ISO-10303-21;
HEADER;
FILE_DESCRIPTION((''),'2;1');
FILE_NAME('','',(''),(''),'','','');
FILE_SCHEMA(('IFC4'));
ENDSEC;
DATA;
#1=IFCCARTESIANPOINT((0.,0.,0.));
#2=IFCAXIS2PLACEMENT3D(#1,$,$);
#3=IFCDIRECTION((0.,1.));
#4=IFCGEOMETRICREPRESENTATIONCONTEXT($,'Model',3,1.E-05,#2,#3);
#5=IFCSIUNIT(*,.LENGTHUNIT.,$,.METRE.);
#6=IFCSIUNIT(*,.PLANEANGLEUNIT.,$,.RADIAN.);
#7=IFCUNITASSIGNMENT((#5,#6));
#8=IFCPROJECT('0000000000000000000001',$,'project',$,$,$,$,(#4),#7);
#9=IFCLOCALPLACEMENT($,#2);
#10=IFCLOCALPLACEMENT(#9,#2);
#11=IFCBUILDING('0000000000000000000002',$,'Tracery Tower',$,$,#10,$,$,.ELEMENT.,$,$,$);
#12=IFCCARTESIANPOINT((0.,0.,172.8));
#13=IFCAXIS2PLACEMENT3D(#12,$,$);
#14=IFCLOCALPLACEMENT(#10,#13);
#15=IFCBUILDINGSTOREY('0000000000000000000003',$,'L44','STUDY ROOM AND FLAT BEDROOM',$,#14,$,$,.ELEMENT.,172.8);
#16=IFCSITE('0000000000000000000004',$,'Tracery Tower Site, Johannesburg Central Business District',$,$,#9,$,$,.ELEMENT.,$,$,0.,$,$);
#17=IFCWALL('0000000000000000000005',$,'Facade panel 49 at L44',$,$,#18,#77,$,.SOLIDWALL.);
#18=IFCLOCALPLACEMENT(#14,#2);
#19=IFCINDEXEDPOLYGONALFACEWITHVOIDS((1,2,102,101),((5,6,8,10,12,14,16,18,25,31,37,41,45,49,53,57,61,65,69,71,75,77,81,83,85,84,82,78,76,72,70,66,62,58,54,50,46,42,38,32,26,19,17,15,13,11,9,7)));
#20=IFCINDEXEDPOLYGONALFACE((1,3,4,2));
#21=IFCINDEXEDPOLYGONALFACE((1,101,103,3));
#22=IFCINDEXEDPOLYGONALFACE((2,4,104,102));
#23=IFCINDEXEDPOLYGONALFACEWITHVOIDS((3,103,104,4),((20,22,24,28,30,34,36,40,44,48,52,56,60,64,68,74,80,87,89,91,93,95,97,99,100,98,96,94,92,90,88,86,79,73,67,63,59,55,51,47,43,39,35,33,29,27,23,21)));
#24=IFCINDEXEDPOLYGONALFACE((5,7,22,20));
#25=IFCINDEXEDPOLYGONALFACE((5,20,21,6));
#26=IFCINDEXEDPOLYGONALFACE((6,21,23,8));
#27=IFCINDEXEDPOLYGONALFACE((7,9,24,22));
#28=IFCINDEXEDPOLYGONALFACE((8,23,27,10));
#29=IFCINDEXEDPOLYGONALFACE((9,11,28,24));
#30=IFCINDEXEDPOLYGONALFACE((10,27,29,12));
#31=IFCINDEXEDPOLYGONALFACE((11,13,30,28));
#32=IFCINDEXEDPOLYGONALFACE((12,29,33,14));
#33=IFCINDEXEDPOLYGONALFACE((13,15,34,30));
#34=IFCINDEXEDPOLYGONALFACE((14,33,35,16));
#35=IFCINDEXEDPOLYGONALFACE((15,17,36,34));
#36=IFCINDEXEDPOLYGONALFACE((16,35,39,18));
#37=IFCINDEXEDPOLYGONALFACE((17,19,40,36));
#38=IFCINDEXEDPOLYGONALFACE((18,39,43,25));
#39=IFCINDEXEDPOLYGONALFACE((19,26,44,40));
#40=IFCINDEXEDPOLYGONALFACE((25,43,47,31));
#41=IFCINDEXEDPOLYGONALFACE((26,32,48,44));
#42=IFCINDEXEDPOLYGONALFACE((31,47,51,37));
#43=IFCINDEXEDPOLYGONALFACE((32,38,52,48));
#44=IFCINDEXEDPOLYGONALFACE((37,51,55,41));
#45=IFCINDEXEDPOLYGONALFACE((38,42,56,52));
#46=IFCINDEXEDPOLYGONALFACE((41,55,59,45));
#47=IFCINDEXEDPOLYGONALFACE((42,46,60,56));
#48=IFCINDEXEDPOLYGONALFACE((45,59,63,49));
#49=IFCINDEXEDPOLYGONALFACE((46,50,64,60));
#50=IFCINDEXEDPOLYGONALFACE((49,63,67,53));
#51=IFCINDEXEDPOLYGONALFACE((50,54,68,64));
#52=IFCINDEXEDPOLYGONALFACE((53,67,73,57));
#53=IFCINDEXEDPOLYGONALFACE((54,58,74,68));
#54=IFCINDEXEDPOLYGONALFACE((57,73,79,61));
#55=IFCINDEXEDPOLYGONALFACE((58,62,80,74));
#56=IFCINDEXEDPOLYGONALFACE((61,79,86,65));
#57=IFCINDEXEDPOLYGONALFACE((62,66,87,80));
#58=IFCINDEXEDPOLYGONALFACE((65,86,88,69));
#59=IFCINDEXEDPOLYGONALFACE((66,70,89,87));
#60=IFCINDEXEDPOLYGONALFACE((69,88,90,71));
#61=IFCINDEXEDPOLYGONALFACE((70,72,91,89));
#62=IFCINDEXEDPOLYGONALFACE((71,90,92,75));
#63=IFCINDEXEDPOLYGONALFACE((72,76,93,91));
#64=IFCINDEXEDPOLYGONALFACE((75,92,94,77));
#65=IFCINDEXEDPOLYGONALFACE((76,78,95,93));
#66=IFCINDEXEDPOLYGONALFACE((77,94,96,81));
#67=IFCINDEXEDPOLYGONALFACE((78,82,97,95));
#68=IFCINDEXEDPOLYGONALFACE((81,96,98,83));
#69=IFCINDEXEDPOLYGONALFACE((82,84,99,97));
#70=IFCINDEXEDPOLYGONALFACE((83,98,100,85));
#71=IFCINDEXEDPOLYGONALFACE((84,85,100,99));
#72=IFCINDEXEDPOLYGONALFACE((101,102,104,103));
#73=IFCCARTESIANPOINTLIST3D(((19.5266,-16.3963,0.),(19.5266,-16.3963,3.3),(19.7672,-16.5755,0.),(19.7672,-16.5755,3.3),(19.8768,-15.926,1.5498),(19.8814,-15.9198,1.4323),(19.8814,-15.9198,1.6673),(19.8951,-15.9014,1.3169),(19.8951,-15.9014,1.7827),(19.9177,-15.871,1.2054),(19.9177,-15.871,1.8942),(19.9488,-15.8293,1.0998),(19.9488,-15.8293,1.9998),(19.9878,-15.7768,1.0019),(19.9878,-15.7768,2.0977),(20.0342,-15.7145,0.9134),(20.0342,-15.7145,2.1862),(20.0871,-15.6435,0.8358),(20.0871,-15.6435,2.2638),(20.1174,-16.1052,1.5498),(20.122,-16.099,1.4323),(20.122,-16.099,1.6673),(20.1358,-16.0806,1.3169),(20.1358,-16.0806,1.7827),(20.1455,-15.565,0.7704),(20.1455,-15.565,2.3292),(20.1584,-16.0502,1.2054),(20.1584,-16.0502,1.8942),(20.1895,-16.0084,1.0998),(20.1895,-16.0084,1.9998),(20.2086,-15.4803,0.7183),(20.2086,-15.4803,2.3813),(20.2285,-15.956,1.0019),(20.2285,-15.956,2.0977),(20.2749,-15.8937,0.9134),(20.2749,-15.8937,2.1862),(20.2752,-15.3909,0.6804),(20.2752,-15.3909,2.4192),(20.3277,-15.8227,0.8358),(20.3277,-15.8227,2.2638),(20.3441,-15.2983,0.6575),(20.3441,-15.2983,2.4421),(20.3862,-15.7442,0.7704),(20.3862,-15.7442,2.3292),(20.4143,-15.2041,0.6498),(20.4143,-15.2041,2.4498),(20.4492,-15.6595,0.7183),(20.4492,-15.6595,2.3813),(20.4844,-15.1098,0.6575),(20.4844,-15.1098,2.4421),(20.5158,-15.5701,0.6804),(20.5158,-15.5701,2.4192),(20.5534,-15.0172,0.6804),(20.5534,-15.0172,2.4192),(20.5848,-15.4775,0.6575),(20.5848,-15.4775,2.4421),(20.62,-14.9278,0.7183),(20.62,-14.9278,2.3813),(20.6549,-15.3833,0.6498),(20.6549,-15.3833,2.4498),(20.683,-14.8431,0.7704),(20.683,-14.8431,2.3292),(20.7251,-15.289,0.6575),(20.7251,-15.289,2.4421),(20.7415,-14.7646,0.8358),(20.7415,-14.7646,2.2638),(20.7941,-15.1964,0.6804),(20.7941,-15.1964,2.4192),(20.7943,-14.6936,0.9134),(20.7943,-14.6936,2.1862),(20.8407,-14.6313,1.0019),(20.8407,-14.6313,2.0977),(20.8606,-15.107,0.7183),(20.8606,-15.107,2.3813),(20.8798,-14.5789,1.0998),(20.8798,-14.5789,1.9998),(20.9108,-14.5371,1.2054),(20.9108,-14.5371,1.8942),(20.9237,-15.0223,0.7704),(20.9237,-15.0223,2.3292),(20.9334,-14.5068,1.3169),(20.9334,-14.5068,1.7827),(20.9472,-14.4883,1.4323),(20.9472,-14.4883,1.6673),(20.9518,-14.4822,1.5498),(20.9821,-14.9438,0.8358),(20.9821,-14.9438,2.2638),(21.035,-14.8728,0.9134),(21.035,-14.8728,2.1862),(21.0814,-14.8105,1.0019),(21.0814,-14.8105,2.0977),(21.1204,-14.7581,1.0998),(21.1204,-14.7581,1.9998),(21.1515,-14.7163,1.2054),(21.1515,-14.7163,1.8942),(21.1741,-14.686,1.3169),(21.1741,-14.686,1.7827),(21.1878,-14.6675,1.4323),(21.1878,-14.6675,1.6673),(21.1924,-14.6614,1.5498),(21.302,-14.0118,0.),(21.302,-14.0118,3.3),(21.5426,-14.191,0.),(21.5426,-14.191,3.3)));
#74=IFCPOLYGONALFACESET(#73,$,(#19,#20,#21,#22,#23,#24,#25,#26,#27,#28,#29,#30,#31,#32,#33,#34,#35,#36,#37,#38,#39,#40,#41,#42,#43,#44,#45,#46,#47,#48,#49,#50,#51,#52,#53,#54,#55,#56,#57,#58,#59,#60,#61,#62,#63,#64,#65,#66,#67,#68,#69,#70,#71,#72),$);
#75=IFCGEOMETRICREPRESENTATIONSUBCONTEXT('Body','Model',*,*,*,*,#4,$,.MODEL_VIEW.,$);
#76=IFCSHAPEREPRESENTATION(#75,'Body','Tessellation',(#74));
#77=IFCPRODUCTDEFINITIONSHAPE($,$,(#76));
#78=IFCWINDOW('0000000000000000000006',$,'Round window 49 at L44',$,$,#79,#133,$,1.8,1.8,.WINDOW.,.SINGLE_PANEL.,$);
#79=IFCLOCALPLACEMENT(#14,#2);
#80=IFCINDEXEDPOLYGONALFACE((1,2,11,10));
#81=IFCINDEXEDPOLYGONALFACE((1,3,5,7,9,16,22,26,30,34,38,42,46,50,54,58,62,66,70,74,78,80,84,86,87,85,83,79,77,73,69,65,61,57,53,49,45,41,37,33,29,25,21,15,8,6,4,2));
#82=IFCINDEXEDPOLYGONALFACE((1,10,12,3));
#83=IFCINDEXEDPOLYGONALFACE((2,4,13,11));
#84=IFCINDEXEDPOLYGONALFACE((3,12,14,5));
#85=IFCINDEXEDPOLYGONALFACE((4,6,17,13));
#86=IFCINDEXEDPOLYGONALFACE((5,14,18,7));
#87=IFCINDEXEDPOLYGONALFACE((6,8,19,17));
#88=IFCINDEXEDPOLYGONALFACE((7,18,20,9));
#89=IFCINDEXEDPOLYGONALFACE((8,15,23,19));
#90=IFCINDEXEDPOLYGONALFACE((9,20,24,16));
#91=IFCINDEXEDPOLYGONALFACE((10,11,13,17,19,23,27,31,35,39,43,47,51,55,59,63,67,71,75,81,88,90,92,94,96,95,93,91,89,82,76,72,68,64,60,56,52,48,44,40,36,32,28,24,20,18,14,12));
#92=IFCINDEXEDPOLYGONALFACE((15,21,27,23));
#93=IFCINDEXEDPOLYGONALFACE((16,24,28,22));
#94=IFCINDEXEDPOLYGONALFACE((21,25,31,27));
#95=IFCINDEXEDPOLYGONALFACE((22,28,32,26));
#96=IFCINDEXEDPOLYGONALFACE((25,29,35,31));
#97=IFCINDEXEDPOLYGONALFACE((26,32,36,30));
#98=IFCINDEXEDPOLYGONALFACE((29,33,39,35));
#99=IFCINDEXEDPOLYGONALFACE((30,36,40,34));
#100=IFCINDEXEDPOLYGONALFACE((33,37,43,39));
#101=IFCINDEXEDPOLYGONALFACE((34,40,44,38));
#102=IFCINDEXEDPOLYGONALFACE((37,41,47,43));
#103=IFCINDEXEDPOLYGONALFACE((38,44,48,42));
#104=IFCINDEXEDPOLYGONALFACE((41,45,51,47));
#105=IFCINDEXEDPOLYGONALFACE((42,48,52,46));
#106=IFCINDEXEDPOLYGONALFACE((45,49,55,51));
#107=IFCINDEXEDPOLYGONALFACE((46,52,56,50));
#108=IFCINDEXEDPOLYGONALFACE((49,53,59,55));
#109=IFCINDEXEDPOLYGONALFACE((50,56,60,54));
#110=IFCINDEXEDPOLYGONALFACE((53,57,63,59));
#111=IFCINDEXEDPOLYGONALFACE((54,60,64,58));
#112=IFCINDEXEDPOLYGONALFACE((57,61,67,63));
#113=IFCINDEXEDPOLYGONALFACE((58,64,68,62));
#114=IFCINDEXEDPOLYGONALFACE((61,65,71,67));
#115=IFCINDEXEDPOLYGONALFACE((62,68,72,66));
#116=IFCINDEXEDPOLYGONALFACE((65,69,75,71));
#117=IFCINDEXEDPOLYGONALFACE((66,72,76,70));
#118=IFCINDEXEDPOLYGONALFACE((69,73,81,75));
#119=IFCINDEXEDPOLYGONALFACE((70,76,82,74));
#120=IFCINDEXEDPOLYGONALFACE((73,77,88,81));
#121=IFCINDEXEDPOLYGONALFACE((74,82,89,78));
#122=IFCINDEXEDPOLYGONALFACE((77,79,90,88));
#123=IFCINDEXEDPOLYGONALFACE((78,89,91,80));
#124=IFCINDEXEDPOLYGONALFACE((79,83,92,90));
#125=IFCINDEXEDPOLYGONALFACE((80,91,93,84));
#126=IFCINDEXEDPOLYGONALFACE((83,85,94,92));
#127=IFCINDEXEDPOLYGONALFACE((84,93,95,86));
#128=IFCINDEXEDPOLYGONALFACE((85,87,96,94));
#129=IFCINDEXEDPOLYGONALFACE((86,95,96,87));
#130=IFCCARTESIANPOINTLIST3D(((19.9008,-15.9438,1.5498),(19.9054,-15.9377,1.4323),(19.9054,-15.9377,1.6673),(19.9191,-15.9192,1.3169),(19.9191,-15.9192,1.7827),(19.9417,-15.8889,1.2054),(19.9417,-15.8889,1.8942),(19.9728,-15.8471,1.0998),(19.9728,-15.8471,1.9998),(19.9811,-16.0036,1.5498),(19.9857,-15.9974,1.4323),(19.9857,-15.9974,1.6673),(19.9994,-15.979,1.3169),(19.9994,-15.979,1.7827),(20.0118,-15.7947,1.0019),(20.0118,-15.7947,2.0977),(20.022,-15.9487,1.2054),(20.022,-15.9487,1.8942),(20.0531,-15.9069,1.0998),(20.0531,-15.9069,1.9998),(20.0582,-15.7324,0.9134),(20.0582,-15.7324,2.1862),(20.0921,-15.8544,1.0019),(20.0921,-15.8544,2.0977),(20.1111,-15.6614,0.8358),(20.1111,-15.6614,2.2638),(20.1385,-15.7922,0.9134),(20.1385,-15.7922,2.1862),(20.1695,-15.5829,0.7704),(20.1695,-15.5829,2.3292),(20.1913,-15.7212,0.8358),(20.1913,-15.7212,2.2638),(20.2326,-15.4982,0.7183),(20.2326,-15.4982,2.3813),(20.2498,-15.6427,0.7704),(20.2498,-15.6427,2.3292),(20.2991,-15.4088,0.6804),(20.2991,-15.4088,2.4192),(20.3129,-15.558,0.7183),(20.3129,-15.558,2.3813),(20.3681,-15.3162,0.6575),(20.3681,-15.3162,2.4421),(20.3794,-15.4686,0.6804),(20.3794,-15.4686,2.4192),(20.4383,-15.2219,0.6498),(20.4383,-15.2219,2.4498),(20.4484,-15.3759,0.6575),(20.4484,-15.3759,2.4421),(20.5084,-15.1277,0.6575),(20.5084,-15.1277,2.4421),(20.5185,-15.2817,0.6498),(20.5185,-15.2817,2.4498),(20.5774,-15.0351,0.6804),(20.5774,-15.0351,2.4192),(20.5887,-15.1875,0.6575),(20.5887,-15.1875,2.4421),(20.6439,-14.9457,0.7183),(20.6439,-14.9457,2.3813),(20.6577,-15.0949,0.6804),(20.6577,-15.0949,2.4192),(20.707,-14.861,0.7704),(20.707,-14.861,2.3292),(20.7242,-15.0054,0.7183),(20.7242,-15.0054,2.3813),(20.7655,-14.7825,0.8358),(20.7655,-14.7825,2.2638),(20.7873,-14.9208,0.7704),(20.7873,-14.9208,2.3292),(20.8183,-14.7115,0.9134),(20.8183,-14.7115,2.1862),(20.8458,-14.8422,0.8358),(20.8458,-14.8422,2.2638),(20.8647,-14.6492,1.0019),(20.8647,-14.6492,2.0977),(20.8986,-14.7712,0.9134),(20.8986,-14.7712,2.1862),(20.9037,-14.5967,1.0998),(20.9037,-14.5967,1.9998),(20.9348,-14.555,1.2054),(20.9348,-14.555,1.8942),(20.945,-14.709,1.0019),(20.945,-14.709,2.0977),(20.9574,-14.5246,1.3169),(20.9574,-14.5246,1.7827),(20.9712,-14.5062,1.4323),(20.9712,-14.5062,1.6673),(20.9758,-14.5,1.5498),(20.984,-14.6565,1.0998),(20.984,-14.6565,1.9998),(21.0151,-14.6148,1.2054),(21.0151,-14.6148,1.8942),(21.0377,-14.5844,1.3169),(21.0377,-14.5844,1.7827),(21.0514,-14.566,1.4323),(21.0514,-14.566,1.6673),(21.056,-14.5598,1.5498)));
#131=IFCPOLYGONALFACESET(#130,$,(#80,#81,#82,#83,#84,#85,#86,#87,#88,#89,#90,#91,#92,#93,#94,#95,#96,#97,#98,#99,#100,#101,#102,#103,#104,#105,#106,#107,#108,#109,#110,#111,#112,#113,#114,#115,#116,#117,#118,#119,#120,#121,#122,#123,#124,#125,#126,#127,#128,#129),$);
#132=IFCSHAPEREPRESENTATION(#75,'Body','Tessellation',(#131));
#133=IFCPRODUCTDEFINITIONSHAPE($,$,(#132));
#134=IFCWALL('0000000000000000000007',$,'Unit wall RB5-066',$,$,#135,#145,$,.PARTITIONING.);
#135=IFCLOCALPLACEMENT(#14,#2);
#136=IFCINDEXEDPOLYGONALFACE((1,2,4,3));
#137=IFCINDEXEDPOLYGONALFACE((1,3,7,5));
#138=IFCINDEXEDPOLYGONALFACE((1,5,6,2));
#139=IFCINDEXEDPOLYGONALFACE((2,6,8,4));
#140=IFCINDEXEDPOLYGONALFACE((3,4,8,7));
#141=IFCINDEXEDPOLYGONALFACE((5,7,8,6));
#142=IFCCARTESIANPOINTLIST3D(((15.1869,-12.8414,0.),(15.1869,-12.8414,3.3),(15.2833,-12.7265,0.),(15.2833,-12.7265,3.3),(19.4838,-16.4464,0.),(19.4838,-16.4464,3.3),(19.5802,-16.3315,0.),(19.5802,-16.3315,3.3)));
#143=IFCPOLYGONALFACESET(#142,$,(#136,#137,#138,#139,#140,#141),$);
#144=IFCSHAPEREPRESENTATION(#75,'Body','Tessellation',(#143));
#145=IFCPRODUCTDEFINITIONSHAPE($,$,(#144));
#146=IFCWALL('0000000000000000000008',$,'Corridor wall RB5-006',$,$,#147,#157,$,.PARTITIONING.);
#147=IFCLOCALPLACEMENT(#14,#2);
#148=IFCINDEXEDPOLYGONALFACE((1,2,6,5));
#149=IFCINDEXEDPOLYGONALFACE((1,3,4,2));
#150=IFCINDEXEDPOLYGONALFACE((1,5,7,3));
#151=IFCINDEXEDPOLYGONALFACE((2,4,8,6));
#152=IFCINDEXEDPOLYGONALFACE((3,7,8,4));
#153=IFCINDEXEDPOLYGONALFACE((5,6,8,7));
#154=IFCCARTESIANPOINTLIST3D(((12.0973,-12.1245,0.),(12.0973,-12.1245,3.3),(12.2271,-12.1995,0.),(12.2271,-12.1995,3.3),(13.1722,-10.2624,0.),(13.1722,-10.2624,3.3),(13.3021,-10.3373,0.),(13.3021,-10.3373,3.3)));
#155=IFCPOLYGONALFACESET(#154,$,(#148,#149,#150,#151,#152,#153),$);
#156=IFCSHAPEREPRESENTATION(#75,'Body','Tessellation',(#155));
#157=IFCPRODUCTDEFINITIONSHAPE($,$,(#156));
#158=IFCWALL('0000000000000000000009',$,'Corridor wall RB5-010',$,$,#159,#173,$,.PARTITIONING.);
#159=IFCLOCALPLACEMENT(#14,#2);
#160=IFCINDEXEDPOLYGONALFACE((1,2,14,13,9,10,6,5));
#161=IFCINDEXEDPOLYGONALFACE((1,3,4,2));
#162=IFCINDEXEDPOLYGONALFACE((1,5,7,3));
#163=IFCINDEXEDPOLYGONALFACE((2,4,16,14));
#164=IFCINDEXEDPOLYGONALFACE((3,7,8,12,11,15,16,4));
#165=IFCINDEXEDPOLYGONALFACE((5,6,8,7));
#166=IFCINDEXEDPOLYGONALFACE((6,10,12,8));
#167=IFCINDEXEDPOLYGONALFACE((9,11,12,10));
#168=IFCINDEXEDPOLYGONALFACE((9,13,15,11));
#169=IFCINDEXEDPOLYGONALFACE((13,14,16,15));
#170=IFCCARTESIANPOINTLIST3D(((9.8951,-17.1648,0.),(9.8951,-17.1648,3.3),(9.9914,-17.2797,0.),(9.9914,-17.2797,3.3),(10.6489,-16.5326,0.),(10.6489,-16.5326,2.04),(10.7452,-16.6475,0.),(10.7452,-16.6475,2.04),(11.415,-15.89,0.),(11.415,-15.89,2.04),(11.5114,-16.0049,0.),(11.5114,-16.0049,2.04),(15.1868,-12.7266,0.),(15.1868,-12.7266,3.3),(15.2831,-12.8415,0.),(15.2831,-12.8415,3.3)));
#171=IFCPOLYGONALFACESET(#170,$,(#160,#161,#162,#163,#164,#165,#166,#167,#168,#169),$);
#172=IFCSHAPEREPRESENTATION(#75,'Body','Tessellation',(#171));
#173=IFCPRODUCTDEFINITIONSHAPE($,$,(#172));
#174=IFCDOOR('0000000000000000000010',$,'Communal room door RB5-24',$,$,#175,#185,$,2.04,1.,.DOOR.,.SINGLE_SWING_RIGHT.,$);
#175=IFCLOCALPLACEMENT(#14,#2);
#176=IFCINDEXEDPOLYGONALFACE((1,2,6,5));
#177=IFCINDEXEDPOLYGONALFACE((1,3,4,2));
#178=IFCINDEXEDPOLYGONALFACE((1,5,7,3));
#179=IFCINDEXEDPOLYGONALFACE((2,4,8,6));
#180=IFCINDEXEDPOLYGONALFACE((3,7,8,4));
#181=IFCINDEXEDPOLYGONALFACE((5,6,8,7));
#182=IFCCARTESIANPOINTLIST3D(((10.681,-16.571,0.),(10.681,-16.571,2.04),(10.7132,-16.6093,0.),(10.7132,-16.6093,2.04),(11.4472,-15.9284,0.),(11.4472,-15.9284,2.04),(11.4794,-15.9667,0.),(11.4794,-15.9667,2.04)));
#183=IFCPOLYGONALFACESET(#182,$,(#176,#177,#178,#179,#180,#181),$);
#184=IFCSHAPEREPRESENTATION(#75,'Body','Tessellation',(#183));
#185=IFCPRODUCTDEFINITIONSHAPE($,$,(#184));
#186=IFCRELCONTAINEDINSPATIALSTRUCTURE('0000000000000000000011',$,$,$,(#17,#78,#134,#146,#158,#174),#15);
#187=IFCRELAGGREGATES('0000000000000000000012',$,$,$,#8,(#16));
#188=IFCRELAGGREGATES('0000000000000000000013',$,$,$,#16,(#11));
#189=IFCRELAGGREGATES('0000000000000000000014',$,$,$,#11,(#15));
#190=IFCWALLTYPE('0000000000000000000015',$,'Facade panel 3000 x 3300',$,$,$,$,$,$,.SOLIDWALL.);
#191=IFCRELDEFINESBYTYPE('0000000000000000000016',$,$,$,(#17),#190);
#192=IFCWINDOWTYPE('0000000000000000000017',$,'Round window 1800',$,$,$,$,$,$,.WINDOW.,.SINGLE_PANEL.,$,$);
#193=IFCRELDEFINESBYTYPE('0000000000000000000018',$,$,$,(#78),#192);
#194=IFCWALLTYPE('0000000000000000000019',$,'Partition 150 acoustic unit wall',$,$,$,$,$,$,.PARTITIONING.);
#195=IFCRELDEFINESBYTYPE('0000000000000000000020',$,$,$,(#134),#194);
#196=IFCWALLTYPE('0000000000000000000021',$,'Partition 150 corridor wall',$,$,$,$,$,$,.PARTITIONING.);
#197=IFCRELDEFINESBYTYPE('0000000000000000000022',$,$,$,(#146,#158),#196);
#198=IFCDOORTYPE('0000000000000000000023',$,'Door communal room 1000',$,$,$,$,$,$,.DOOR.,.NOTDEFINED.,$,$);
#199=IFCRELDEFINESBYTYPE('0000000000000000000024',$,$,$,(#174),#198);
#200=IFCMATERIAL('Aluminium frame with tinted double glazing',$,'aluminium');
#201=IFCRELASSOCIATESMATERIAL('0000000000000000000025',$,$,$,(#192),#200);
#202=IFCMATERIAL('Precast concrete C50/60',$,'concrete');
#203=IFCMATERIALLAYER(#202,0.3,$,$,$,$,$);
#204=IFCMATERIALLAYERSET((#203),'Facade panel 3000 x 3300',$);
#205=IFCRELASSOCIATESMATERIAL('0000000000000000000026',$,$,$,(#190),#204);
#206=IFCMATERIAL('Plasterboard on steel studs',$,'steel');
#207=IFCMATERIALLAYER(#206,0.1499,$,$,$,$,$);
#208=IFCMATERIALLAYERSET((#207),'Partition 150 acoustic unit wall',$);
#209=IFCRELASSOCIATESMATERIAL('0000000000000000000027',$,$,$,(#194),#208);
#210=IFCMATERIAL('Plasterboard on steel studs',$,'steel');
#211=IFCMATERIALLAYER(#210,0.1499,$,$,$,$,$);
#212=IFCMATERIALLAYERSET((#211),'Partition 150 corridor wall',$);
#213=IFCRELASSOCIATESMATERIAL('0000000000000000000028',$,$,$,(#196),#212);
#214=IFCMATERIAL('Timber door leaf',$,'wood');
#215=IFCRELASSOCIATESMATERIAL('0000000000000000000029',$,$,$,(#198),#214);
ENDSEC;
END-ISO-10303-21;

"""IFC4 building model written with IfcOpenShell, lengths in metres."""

from ifc_helpers import new_model, si_unit, direction, frame, frame_2d, origin, origin_2d, place, context, subcontext, project, spatial, rectangle, circle, extrude, material, layer, layer_set, type_object, element, fill, save


model = new_model("IFC4")

# Units and contexts
model_context = context("Model", 3, precision=1e-05, world=origin(), true_north=direction((0.0, 1.0)))
body_context = subcontext(model_context, "Body", "Model", "MODEL_VIEW")
ifc_project = project(units=[si_unit("LENGTHUNIT", "METRE"), si_unit("PLANEANGLEUNIT", "RADIAN")], contexts=[model_context])

# Site, building, storey
site_placement = place(None, origin())
site = spatial("IfcSite", under=ifc_project, at=site_placement, Name="Tracery Tower Site, Johannesburg Central Business District", CompositionType="ELEMENT", RefElevation=0.0)
building_placement = place(site_placement, origin())
building = spatial("IfcBuilding", under=site, at=building_placement, Name="Tracery Tower", CompositionType="ELEMENT")
storey_placement = place(building_placement, frame((0.0, 0.0, 172.8)))
storey = spatial("IfcBuildingStorey", under=building, at=storey_placement, Name="L44", Description="STUDY ROOM AND FLAT BEDROOM", CompositionType="ELEMENT", Elevation=172.8)

# Wall, opening, window
ifc_material_1 = material(Name="Aluminium frame with tinted double glazing", Category="aluminium")
window_type = type_object("IfcWindowType", Name="Round window 1800", PartitioningType="SINGLE_PANEL", PredefinedType="WINDOW", material=ifc_material_1)
ifc_material_2 = material(Name="Precast concrete C50/60", Category="concrete")
ifc_layer_1 = layer(ifc_material_2, 0.3)
ifc_layer_set_1 = layer_set([ifc_layer_1], Name="Facade panel 3000 x 3300")
wall_type_1 = type_object("IfcWallType", Name="Facade panel 3000 x 3300", PredefinedType="SOLIDWALL", material=ifc_layer_set_1)
wall_1_placement = place(storey_placement, frame((19.647, -16.4858, 0.0), z_axis=(0.0, 0.0, 1.0), x_axis=(0.597198, 0.802094, 0.0)))
wall_1 = element("IfcWall", 1, at=wall_1_placement, inside=storey, type_object=wall_type_1, Name="Facade panel 49 at L44", PredefinedType="SOLIDWALL", context=body_context, shape_type="SweptSolid", body=[
    extrude(rectangle(XDim=2.9729, YDim=0.3, at=frame_2d((1.4863, 0.0))), origin(), (0.0, 0.0, 1.0), 3.3),
])
opening_1_placement = place(wall_1_placement, frame((1.4863, 0.0, 1.5498)))
opening_1 = element("IfcOpeningElement", 2, at=opening_1_placement, cuts=wall_1, PredefinedType="OPENING", context=body_context, shape_type="SweptSolid", body=[
    extrude(circle(Radius=0.9, at=origin_2d()), frame((0.0, 0.1599, 0.0), z_axis=(0.0, -1.0, 0.0), x_axis=(1.0, 0.0, 0.0)), (0.0, 0.0, 1.0), 0.3201),
])
window_1_placement = place(opening_1_placement, origin())
window_1 = element("IfcWindow", 3, at=window_1_placement, inside=storey, type_object=window_type, Name="Round window 49 at L44", OverallHeight=1.8, OverallWidth=1.8, PartitioningType="SINGLE_PANEL", PredefinedType="WINDOW", context=body_context, shape_type="SweptSolid", body=[
    extrude(circle(Radius=0.9, at=origin_2d()), frame((0.0, 0.1201, 0.0), z_axis=(0.0, -1.0, 0.0), x_axis=(1.0, 0.0, 0.0)), (0.0, 0.0, 1.0), 0.1001),
])
fill(opening_1, window_1)

# Walls
ifc_material_3 = material(Name="Plasterboard on steel studs", Category="steel")
ifc_layer_2 = layer(ifc_material_3, 0.1499)
ifc_layer_set_2 = layer_set([ifc_layer_2], Name="Partition 150 acoustic unit wall")
wall_type_2 = type_object("IfcWallType", Name="Partition 150 acoustic unit wall", PredefinedType="PARTITIONING", material=ifc_layer_set_2)
wall_2_placement = place(storey_placement, frame((15.2351, -12.7839, 0.0), z_axis=(0.0, 0.0, 1.0), x_axis=(0.766091, -0.642733, 0.0)))
element("IfcWall", 4, at=wall_2_placement, inside=storey, type_object=wall_type_2, Name="Unit wall RB5-066", PredefinedType="PARTITIONING", context=body_context, shape_type="SweptSolid", body=[
    extrude(rectangle(XDim=5.6089, YDim=0.1499, at=frame_2d((2.8044, 0.0))), origin(), (0.0, 0.0, 1.0), 3.3),
])
ifc_material_4 = material(Name="Plasterboard on steel studs", Category="steel")
ifc_layer_3 = layer(ifc_material_4, 0.1499)
ifc_layer_set_3 = layer_set([ifc_layer_3], Name="Partition 150 corridor wall")
wall_type_3 = type_object("IfcWallType", Name="Partition 150 corridor wall", PredefinedType="PARTITIONING", material=ifc_layer_set_3)
wall_3_placement = place(storey_placement, frame((12.1621, -12.1621, 0.0), z_axis=(0.0, 0.0, 1.0), x_axis=(0.499962, 0.866048, 0.0)))
element("IfcWall", 5, at=wall_3_placement, inside=storey, type_object=wall_type_3, Name="Corridor wall RB5-006", PredefinedType="PARTITIONING", context=body_context, shape_type="SweptSolid", body=[
    extrude(rectangle(XDim=2.1501, YDim=0.1499, at=frame_2d((1.0752, 0.0))), origin(), (0.0, 0.0, 1.0), 3.3),
])

# Wall, opening, door
wall_4_placement = place(storey_placement, frame((9.9434, -17.2222, 0.0), z_axis=(0.0, 0.0, 1.0), x_axis=(0.766192, 0.642612, 0.0)))
wall_4 = element("IfcWall", 6, at=wall_4_placement, inside=storey, type_object=wall_type_3, Name="Corridor wall RB5-010", PredefinedType="PARTITIONING", context=body_context, shape_type="SweptSolid", body=[
    extrude(rectangle(XDim=6.9065, YDim=0.1499, at=frame_2d((3.4531, 0.0))), origin(), (0.0, 0.0, 1.0), 3.3),
])
opening_2_placement = place(wall_4_placement, frame((0.9836, 0.0, 0.0)))
opening_2 = element("IfcOpeningElement", 7, at=opening_2_placement, cuts=wall_4, PredefinedType="OPENING", context=body_context, shape_type="SweptSolid", body=[
    extrude(rectangle(XDim=1.0, YDim=2.04, at=frame_2d((0.5, 1.02))), frame((0.0, 0.075, 0.0), z_axis=(0.0, -1.0, 0.0), x_axis=(1.0, 0.0, 0.0)), (0.0, 0.0, 1.0), 0.1499),
])
ifc_material_5 = material(Name="Timber door leaf", Category="wood")
door_type_1 = type_object("IfcDoorType", Name="Door communal room 1000", OperationType="NOTDEFINED", PredefinedType="DOOR", material=ifc_material_5)
door_1_placement = place(opening_2_placement, origin())
door_1 = element("IfcDoor", 8, at=door_1_placement, inside=storey, type_object=door_type_1, Name="Communal room door RB5-24", OperationType="SINGLE_SWING_RIGHT", OverallHeight=2.04, OverallWidth=1.0, PredefinedType="DOOR", context=body_context, shape_type="SweptSolid", body=[
    extrude(rectangle(XDim=1.0, YDim=2.04, at=frame_2d((0.5, 1.02))), frame((0.0, 0.0249, 0.0), z_axis=(0.0, -1.0, 0.0), x_axis=(1.0, 0.0, 0.0)), (0.0, 0.0, 1.0), 0.05),
])
fill(opening_2, door_1)

save(model, "model.ifc")
